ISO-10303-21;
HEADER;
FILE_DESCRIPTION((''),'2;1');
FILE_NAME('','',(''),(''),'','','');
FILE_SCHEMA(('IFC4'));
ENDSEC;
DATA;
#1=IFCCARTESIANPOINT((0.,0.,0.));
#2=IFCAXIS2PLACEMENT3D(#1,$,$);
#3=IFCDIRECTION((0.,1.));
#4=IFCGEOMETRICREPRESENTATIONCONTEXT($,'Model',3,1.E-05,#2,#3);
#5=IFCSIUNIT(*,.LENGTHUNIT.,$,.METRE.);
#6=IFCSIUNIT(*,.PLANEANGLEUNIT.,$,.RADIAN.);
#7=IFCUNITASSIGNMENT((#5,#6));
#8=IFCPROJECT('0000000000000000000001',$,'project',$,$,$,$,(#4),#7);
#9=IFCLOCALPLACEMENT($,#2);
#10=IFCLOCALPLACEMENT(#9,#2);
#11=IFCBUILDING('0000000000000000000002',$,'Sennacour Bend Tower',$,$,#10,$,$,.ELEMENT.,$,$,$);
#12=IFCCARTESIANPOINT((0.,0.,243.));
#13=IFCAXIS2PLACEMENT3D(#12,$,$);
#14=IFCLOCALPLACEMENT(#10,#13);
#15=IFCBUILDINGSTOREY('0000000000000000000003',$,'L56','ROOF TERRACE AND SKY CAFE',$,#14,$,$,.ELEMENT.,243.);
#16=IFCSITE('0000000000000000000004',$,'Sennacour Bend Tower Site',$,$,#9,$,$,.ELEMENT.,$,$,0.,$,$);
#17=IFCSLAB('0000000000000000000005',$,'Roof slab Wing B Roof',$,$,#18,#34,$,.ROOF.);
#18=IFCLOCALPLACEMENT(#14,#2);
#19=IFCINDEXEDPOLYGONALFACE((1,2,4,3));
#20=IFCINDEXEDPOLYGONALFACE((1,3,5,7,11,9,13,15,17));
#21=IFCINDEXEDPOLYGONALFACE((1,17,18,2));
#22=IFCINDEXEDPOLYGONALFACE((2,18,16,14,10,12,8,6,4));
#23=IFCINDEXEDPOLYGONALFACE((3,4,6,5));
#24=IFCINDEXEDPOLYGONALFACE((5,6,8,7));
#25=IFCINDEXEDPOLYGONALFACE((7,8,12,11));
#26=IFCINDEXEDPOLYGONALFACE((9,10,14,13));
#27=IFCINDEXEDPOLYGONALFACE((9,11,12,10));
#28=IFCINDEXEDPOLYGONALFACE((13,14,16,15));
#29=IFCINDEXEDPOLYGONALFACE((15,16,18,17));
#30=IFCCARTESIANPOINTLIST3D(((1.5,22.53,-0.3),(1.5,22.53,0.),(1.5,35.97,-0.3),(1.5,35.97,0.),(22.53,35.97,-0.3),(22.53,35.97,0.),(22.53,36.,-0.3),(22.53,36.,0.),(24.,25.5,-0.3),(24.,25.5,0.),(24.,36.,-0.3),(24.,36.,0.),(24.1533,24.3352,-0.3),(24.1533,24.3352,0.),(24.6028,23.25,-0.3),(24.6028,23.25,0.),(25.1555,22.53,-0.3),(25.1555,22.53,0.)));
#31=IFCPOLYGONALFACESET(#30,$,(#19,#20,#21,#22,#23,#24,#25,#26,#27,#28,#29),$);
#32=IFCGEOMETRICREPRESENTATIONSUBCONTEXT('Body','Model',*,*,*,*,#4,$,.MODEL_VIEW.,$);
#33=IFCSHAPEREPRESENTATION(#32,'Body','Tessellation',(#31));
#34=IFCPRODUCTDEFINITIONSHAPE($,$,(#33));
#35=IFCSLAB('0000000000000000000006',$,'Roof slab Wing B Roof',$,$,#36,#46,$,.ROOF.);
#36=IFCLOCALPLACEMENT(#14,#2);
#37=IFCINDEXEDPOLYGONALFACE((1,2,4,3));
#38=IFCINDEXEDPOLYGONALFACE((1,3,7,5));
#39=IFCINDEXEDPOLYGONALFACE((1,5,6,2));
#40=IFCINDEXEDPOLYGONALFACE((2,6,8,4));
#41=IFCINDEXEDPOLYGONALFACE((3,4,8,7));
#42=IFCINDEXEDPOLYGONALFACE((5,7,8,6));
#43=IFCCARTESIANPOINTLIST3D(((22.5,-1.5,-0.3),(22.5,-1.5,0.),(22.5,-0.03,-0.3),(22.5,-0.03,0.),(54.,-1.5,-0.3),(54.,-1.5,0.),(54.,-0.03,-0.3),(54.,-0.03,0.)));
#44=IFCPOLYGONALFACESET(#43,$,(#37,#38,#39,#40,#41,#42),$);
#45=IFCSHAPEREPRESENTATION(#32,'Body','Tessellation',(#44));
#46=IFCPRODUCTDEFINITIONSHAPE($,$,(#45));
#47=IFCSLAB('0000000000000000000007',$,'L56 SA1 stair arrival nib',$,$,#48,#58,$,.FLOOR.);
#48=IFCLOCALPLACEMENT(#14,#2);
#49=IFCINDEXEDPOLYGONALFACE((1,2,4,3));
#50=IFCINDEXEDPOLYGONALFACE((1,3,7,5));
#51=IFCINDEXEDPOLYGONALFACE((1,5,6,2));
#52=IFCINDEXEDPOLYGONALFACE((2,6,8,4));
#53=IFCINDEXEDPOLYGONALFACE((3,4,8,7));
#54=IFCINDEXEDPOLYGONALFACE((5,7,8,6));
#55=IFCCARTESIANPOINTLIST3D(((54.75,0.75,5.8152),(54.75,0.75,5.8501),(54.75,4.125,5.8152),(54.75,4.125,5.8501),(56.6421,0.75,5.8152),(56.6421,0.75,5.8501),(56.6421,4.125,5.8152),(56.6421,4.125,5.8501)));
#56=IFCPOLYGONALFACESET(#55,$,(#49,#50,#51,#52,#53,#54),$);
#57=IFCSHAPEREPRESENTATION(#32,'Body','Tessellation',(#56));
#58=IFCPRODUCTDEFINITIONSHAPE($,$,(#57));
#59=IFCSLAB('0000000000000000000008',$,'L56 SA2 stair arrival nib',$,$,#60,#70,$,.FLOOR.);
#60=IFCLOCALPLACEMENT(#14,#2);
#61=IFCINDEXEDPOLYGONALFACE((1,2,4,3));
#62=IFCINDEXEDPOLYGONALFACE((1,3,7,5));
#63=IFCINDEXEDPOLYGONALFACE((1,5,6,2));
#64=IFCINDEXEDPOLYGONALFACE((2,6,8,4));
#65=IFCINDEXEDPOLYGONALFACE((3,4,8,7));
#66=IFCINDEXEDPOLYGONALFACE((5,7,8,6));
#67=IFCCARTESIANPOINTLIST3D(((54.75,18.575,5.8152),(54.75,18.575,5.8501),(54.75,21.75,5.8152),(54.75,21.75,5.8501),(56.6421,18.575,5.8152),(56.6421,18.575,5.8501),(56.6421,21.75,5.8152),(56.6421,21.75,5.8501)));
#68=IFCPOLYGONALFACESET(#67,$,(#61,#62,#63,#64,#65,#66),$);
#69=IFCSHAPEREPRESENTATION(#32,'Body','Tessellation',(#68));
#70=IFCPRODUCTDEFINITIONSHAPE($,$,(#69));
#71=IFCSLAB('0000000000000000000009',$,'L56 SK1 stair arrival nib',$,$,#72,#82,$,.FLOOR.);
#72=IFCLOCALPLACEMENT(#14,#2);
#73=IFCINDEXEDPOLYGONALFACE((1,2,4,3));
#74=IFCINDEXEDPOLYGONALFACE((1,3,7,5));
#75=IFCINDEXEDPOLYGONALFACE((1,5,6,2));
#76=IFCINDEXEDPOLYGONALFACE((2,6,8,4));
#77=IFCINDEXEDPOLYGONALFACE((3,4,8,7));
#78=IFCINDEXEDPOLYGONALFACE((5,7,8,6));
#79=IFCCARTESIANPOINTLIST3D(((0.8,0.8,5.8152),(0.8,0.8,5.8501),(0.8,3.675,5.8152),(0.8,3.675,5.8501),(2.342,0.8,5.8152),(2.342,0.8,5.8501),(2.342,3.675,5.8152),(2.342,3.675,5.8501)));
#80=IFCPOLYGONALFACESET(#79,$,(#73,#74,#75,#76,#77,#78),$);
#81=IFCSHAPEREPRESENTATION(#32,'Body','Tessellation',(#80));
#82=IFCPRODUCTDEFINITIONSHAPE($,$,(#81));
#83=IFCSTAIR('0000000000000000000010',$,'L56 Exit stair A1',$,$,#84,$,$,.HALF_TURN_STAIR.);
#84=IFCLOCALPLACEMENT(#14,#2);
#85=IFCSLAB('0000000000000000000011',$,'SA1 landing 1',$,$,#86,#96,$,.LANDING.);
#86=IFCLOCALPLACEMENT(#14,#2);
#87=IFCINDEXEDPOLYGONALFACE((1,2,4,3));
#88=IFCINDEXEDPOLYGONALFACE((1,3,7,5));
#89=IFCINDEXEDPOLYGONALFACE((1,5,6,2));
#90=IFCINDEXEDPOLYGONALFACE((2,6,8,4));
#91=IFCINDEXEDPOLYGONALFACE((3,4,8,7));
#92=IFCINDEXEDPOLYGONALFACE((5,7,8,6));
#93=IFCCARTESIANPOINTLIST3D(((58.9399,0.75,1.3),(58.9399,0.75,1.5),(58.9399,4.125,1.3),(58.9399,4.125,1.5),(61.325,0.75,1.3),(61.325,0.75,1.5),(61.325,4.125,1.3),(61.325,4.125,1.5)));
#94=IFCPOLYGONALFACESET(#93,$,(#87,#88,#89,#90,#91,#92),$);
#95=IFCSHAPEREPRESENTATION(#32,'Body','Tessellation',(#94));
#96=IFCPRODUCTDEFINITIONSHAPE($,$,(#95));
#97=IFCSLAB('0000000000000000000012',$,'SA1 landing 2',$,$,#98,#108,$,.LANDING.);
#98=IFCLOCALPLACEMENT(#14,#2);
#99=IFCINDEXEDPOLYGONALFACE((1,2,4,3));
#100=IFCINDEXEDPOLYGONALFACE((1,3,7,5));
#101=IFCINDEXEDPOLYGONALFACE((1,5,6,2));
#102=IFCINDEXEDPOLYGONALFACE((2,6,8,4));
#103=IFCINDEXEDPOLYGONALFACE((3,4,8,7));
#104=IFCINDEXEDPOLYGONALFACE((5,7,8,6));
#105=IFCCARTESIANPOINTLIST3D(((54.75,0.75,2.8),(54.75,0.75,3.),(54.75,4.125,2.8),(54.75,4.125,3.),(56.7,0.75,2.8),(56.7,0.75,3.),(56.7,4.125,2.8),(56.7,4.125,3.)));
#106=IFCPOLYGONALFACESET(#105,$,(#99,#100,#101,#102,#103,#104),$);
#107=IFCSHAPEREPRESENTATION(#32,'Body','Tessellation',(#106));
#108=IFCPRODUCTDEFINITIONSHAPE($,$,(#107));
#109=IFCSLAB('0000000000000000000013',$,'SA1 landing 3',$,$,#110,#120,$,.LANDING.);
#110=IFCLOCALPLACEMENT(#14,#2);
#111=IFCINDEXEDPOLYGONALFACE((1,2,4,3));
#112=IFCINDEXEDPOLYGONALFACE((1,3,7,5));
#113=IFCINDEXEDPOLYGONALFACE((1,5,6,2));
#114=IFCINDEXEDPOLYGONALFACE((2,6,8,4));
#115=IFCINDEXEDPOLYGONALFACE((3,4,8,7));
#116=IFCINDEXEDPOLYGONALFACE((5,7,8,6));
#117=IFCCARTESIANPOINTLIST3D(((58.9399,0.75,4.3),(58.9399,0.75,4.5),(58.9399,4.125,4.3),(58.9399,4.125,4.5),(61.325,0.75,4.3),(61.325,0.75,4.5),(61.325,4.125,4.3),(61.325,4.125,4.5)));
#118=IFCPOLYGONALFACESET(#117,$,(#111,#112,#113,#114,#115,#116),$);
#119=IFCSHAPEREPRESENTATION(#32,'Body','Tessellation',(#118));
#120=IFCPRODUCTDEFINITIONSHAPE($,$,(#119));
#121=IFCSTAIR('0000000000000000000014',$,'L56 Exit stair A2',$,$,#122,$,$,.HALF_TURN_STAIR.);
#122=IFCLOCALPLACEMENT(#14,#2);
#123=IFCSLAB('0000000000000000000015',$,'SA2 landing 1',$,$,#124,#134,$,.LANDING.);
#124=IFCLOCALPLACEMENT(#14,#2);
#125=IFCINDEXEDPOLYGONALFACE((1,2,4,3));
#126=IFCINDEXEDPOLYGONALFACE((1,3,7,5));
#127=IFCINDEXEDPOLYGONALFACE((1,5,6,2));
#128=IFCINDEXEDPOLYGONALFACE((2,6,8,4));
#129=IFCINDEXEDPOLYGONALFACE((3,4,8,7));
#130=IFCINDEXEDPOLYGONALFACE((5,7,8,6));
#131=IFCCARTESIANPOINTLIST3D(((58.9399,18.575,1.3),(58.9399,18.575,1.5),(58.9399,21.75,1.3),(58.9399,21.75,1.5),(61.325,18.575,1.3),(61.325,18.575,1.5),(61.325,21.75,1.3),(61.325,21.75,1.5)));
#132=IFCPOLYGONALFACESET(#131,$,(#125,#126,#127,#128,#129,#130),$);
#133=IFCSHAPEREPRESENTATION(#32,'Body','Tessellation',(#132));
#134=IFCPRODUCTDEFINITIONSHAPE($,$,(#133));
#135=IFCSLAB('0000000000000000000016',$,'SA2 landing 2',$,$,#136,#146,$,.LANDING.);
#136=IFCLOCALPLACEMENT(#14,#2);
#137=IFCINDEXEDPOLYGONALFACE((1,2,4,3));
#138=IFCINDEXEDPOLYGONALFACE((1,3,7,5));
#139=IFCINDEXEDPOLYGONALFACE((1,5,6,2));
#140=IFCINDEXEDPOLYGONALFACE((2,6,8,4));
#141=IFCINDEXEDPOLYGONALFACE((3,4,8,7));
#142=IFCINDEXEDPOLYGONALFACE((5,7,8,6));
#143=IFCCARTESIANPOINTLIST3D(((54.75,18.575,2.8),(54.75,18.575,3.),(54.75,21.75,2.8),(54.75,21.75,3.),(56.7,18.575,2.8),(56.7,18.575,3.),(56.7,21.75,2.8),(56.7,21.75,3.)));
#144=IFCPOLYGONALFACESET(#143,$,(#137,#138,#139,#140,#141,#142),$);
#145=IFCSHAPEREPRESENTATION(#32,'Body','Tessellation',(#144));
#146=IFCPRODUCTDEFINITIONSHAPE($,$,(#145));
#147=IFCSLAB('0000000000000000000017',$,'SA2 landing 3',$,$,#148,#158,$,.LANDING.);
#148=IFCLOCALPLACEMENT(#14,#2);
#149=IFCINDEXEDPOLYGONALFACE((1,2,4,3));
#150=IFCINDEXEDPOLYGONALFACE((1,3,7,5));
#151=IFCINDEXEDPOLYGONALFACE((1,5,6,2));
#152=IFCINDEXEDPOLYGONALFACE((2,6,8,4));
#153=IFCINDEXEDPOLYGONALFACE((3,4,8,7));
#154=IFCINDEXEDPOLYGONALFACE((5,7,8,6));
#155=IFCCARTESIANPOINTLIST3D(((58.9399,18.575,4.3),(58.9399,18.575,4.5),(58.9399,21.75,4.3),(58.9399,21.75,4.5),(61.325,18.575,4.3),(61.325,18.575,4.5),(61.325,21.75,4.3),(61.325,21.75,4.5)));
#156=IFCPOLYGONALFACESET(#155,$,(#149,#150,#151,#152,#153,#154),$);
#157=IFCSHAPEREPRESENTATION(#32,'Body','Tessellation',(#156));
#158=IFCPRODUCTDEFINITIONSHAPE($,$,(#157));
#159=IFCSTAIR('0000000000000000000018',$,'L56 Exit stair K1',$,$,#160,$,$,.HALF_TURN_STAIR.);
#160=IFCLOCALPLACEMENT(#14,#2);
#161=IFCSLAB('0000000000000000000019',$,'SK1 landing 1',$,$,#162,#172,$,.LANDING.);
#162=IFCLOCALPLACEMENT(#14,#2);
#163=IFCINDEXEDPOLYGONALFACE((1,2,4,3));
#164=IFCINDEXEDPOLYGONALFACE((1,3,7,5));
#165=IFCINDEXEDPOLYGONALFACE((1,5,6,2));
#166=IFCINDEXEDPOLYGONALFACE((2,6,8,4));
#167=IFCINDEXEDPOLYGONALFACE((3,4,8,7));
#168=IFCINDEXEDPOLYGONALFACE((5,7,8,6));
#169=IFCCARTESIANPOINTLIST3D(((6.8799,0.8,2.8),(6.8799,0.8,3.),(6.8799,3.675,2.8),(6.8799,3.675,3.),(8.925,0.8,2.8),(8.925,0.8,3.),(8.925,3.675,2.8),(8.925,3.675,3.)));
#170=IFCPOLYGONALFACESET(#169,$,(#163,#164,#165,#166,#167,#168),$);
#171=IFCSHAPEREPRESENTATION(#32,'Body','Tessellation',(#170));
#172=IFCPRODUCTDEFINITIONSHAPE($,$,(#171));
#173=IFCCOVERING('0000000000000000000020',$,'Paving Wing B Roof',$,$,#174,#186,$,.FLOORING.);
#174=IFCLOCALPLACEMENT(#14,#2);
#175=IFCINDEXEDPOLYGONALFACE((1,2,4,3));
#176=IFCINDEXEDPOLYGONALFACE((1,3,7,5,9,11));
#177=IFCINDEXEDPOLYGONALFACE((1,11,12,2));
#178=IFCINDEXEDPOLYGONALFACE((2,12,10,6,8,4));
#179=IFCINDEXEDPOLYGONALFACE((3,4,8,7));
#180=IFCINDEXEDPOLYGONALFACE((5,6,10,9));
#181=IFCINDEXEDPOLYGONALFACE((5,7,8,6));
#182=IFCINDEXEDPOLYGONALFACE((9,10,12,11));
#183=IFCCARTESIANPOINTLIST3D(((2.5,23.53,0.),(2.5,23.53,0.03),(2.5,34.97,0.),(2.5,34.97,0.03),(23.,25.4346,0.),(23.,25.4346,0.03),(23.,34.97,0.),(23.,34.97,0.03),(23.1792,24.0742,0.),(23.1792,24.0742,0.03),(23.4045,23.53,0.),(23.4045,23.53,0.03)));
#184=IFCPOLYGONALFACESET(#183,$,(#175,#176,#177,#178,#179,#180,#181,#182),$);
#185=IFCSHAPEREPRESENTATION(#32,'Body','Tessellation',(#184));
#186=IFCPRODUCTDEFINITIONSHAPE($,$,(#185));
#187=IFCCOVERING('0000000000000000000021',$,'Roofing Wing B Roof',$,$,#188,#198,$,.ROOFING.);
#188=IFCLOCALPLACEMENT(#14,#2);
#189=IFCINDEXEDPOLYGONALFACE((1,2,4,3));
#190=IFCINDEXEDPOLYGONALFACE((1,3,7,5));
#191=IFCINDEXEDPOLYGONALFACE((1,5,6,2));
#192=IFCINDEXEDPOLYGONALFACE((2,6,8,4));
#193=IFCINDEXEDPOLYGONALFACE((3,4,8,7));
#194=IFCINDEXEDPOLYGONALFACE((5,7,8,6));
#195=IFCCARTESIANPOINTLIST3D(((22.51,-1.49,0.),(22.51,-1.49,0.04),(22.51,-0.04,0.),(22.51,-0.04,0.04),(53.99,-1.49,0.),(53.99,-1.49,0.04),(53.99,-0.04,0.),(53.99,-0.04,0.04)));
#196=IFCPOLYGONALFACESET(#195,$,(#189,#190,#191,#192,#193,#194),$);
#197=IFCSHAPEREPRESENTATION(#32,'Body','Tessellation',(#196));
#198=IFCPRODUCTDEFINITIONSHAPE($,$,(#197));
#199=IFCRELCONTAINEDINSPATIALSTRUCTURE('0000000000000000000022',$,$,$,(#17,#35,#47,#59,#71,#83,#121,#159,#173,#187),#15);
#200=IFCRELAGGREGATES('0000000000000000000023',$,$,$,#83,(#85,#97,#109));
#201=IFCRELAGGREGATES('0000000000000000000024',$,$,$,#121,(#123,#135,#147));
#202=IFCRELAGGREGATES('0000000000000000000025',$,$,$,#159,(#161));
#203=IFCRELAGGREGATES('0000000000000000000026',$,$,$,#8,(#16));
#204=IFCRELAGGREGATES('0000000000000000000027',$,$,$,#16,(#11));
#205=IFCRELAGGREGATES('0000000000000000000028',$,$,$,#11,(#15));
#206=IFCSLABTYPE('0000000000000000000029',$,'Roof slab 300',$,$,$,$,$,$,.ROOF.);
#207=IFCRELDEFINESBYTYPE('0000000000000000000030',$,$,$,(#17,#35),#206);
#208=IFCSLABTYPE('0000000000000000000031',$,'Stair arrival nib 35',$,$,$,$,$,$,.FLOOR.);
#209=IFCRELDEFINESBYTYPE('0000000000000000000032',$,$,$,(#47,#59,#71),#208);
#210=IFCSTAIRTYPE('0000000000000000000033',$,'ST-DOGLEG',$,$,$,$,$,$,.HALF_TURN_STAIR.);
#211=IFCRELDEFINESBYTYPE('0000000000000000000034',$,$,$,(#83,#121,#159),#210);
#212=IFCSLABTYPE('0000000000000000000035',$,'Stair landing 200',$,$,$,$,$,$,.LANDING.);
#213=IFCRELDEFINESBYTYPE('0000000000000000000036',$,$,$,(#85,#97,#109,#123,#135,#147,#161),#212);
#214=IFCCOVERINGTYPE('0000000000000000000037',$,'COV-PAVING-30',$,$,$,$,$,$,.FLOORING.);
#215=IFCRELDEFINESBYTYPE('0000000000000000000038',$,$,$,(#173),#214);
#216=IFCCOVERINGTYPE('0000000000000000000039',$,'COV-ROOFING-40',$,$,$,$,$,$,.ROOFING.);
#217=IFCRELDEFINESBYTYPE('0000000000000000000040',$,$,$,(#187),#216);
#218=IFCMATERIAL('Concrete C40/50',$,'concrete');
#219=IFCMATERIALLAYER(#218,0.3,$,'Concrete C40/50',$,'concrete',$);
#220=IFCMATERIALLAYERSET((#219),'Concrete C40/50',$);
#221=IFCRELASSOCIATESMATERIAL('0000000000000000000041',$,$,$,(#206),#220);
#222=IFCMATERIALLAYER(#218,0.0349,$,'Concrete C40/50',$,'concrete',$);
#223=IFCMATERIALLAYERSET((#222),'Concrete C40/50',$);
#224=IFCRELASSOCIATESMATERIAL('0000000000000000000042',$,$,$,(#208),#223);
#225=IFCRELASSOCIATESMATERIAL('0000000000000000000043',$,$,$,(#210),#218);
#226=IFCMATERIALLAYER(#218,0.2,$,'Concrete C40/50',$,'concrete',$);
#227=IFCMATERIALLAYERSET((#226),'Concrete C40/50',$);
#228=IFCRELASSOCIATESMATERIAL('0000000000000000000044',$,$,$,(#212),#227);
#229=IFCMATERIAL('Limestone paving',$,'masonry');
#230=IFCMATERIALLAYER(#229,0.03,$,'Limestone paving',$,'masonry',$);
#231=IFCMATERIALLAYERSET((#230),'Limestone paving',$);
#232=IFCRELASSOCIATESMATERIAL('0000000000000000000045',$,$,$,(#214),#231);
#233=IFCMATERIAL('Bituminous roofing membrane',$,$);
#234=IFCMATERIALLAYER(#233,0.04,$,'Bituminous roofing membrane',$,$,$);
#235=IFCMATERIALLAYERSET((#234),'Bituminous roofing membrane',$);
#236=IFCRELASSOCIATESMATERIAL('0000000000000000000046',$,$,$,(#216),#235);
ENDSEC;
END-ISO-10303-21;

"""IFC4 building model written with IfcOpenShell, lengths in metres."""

from ifc_helpers import new_model, si_unit, direction, frame, origin, place, context, subcontext, project, spatial, polyline, outline, extrude, material, layer, layer_set, type_object, element, aggregate, save


model = new_model("IFC4")

# Units and contexts
model_context = context("Model", 3, precision=1e-05, world=origin(), true_north=direction((0.0, 1.0)))
body_context = subcontext(model_context, "Body", "Model", "MODEL_VIEW")
ifc_project = project(units=[si_unit("LENGTHUNIT", "METRE"), si_unit("PLANEANGLEUNIT", "RADIAN")], contexts=[model_context])

# Site, building, storey
site_placement = place(None, origin())
site = spatial("IfcSite", under=ifc_project, at=site_placement, Name="Sennacour Bend Tower Site", CompositionType="ELEMENT", RefElevation=0.0)
building_placement = place(site_placement, origin())
building = spatial("IfcBuilding", under=site, at=building_placement, Name="Sennacour Bend Tower", CompositionType="ELEMENT")
storey_placement = place(building_placement, frame((0.0, 0.0, 243.0)))
storey = spatial("IfcBuildingStorey", under=building, at=storey_placement, Name="L56", Description="ROOF TERRACE AND SKY CAFE", CompositionType="ELEMENT", Elevation=243.0)

# Slabs
ifc_material_1 = material(Name="Concrete C40/50", Category="concrete")
ifc_layer_1 = layer(ifc_material_1, 0.3, Name="Concrete C40/50", Category="concrete")
ifc_layer_set_1 = layer_set([ifc_layer_1], Name="Concrete C40/50")
slab_type_1 = type_object("IfcSlabType", Name="Roof slab 300", PredefinedType="ROOF", material=ifc_layer_set_1)
slab_1_placement = place(storey_placement, frame((0.0, 0.0, -0.3)))
element("IfcSlab", 1, at=slab_1_placement, inside=storey, type_object=slab_type_1, Name="Roof slab Wing B Roof", PredefinedType="ROOF", context=body_context, shape_type="SweptSolid", body=[
    extrude(outline(polyline([(24.0, 36.0), (24.0, 25.5), (24.1533, 24.3352), (24.6028, 23.25), (25.1555, 22.53), (1.5, 22.53), (1.5, 35.97), (22.53, 35.97), (22.53, 36.0), (24.0, 36.0)])), origin(), (0.0, 0.0, 1.0), 0.3),
])
slab_2_placement = place(storey_placement, frame((0.0, 0.0, -0.3)))
element("IfcSlab", 2, at=slab_2_placement, inside=storey, type_object=slab_type_1, Name="Roof slab Wing B Roof", PredefinedType="ROOF", context=body_context, shape_type="SweptSolid", body=[
    extrude(outline(polyline([(54.0, -0.03), (54.0, -1.5), (22.5, -1.5), (22.5, -0.03), (54.0, -0.03)])), origin(), (0.0, 0.0, 1.0), 0.3),
])
ifc_layer_2 = layer(ifc_material_1, 0.0349, Name="Concrete C40/50", Category="concrete")
ifc_layer_set_2 = layer_set([ifc_layer_2], Name="Concrete C40/50")
slab_type_2 = type_object("IfcSlabType", Name="Stair arrival nib 35", PredefinedType="FLOOR", material=ifc_layer_set_2)
slab_3_placement = place(storey_placement, frame((0.0, 0.0, 5.8152)))
element("IfcSlab", 3, at=slab_3_placement, inside=storey, type_object=slab_type_2, Name="L56 SA1 stair arrival nib", PredefinedType="FLOOR", context=body_context, shape_type="SweptSolid", body=[
    extrude(outline(polyline([(56.6421, 4.125), (54.75, 4.125), (54.75, 0.75), (56.6421, 0.75), (56.6421, 4.125)])), origin(), (0.0, 0.0, 1.0), 0.0349),
])
slab_4_placement = place(storey_placement, frame((0.0, 0.0, 5.8152)))
element("IfcSlab", 4, at=slab_4_placement, inside=storey, type_object=slab_type_2, Name="L56 SA2 stair arrival nib", PredefinedType="FLOOR", context=body_context, shape_type="SweptSolid", body=[
    extrude(outline(polyline([(56.6421, 21.75), (54.75, 21.75), (54.75, 18.575), (56.6421, 18.575), (56.6421, 21.75)])), origin(), (0.0, 0.0, 1.0), 0.0349),
])
slab_5_placement = place(storey_placement, frame((0.0, 0.0, 5.8152)))
element("IfcSlab", 5, at=slab_5_placement, inside=storey, type_object=slab_type_2, Name="L56 SK1 stair arrival nib", PredefinedType="FLOOR", context=body_context, shape_type="SweptSolid", body=[
    extrude(outline(polyline([(2.342, 3.675), (0.8, 3.675), (0.8, 0.8), (2.342, 0.8), (2.342, 3.675)])), origin(), (0.0, 0.0, 1.0), 0.0349),
])

# Stairs, slabs
stair_type = type_object("IfcStairType", Name="ST-DOGLEG", PredefinedType="HALF_TURN_STAIR", material=ifc_material_1)
stair_1_placement = place(storey_placement, origin())
stair_1 = element("IfcStair", 6, at=stair_1_placement, inside=storey, type_object=stair_type, Name="L56 Exit stair A1", PredefinedType="HALF_TURN_STAIR")
ifc_layer_3 = layer(ifc_material_1, 0.2, Name="Concrete C40/50", Category="concrete")
ifc_layer_set_3 = layer_set([ifc_layer_3], Name="Concrete C40/50")
slab_type_3 = type_object("IfcSlabType", Name="Stair landing 200", PredefinedType="LANDING", material=ifc_layer_set_3)
slab_6_placement = place(storey_placement, frame((0.0, 0.0, 1.3)))
slab_6 = element("IfcSlab", 7, at=slab_6_placement, type_object=slab_type_3, Name="SA1 landing 1", PredefinedType="LANDING", context=body_context, shape_type="SweptSolid", body=[
    extrude(outline(polyline([(58.9399, 0.75), (61.325, 0.75), (61.325, 4.125), (58.9399, 4.125), (58.9399, 0.75)])), origin(), (0.0, 0.0, 1.0), 0.2),
])
slab_7_placement = place(storey_placement, frame((0.0, 0.0, 2.8)))
slab_7 = element("IfcSlab", 8, at=slab_7_placement, type_object=slab_type_3, Name="SA1 landing 2", PredefinedType="LANDING", context=body_context, shape_type="SweptSolid", body=[
    extrude(outline(polyline([(54.75, 0.75), (56.7, 0.75), (56.7, 4.125), (54.75, 4.125), (54.75, 0.75)])), origin(), (0.0, 0.0, 1.0), 0.2),
])
slab_8_placement = place(storey_placement, frame((0.0, 0.0, 4.3)))
slab_8 = element("IfcSlab", 9, at=slab_8_placement, type_object=slab_type_3, Name="SA1 landing 3", PredefinedType="LANDING", context=body_context, shape_type="SweptSolid", body=[
    extrude(outline(polyline([(58.9399, 0.75), (61.325, 0.75), (61.325, 4.125), (58.9399, 4.125), (58.9399, 0.75)])), origin(), (0.0, 0.0, 1.0), 0.2),
])
aggregate(stair_1, [slab_6, slab_7, slab_8])
stair_2_placement = place(storey_placement, origin())
stair_2 = element("IfcStair", 10, at=stair_2_placement, inside=storey, type_object=stair_type, Name="L56 Exit stair A2", PredefinedType="HALF_TURN_STAIR")
slab_9_placement = place(storey_placement, frame((0.0, 0.0, 1.3)))
slab_9 = element("IfcSlab", 11, at=slab_9_placement, type_object=slab_type_3, Name="SA2 landing 1", PredefinedType="LANDING", context=body_context, shape_type="SweptSolid", body=[
    extrude(outline(polyline([(58.9399, 18.575), (61.325, 18.575), (61.325, 21.75), (58.9399, 21.75), (58.9399, 18.575)])), origin(), (0.0, 0.0, 1.0), 0.2),
])
slab_10_placement = place(storey_placement, frame((0.0, 0.0, 2.8)))
slab_10 = element("IfcSlab", 12, at=slab_10_placement, type_object=slab_type_3, Name="SA2 landing 2", PredefinedType="LANDING", context=body_context, shape_type="SweptSolid", body=[
    extrude(outline(polyline([(54.75, 18.575), (56.7, 18.575), (56.7, 21.75), (54.75, 21.75), (54.75, 18.575)])), origin(), (0.0, 0.0, 1.0), 0.2),
])
slab_11_placement = place(storey_placement, frame((0.0, 0.0, 4.3)))
slab_11 = element("IfcSlab", 13, at=slab_11_placement, type_object=slab_type_3, Name="SA2 landing 3", PredefinedType="LANDING", context=body_context, shape_type="SweptSolid", body=[
    extrude(outline(polyline([(58.9399, 18.575), (61.325, 18.575), (61.325, 21.75), (58.9399, 21.75), (58.9399, 18.575)])), origin(), (0.0, 0.0, 1.0), 0.2),
])
aggregate(stair_2, [slab_9, slab_10, slab_11])

# Stair, slab
stair_3_placement = place(storey_placement, origin())
stair_3 = element("IfcStair", 14, at=stair_3_placement, inside=storey, type_object=stair_type, Name="L56 Exit stair K1", PredefinedType="HALF_TURN_STAIR")
slab_12_placement = place(storey_placement, frame((0.0, 0.0, 2.8)))
slab_12 = element("IfcSlab", 15, at=slab_12_placement, type_object=slab_type_3, Name="SK1 landing 1", PredefinedType="LANDING", context=body_context, shape_type="SweptSolid", body=[
    extrude(outline(polyline([(6.8799, 0.8), (8.925, 0.8), (8.925, 3.675), (6.8799, 3.675), (6.8799, 0.8)])), origin(), (0.0, 0.0, 1.0), 0.2),
])
aggregate(stair_3, [slab_12])

# Coverings
ifc_material_2 = material(Name="Limestone paving", Category="masonry")
ifc_layer_4 = layer(ifc_material_2, 0.03, Name="Limestone paving", Category="masonry")
ifc_layer_set_4 = layer_set([ifc_layer_4], Name="Limestone paving")
covering_type_1 = type_object("IfcCoveringType", Name="COV-PAVING-30", PredefinedType="FLOORING", material=ifc_layer_set_4)
covering_1_placement = place(storey_placement, origin())
element("IfcCovering", 16, at=covering_1_placement, inside=storey, type_object=covering_type_1, Name="Paving Wing B Roof", PredefinedType="FLOORING", context=body_context, shape_type="SweptSolid", body=[
    extrude(outline(polyline([(23.0, 34.97), (23.0, 25.4346), (23.1792, 24.0742), (23.4045, 23.53), (2.5, 23.53), (2.5, 34.97), (23.0, 34.97)])), origin(), (0.0, 0.0, 1.0), 0.03),
])
ifc_material_3 = material(Name="Bituminous roofing membrane")
ifc_layer_5 = layer(ifc_material_3, 0.04, Name="Bituminous roofing membrane")
ifc_layer_set_5 = layer_set([ifc_layer_5], Name="Bituminous roofing membrane")
covering_type_2 = type_object("IfcCoveringType", Name="COV-ROOFING-40", PredefinedType="ROOFING", material=ifc_layer_set_5)
covering_2_placement = place(storey_placement, origin())
element("IfcCovering", 17, at=covering_2_placement, inside=storey, type_object=covering_type_2, Name="Roofing Wing B Roof", PredefinedType="ROOFING", context=body_context, shape_type="SweptSolid", body=[
    extrude(outline(polyline([(53.99, -0.04), (53.99, -1.49), (22.51, -1.49), (22.51, -0.04), (53.99, -0.04)])), origin(), (0.0, 0.0, 1.0), 0.04),
])

save(model, "model.ifc")
